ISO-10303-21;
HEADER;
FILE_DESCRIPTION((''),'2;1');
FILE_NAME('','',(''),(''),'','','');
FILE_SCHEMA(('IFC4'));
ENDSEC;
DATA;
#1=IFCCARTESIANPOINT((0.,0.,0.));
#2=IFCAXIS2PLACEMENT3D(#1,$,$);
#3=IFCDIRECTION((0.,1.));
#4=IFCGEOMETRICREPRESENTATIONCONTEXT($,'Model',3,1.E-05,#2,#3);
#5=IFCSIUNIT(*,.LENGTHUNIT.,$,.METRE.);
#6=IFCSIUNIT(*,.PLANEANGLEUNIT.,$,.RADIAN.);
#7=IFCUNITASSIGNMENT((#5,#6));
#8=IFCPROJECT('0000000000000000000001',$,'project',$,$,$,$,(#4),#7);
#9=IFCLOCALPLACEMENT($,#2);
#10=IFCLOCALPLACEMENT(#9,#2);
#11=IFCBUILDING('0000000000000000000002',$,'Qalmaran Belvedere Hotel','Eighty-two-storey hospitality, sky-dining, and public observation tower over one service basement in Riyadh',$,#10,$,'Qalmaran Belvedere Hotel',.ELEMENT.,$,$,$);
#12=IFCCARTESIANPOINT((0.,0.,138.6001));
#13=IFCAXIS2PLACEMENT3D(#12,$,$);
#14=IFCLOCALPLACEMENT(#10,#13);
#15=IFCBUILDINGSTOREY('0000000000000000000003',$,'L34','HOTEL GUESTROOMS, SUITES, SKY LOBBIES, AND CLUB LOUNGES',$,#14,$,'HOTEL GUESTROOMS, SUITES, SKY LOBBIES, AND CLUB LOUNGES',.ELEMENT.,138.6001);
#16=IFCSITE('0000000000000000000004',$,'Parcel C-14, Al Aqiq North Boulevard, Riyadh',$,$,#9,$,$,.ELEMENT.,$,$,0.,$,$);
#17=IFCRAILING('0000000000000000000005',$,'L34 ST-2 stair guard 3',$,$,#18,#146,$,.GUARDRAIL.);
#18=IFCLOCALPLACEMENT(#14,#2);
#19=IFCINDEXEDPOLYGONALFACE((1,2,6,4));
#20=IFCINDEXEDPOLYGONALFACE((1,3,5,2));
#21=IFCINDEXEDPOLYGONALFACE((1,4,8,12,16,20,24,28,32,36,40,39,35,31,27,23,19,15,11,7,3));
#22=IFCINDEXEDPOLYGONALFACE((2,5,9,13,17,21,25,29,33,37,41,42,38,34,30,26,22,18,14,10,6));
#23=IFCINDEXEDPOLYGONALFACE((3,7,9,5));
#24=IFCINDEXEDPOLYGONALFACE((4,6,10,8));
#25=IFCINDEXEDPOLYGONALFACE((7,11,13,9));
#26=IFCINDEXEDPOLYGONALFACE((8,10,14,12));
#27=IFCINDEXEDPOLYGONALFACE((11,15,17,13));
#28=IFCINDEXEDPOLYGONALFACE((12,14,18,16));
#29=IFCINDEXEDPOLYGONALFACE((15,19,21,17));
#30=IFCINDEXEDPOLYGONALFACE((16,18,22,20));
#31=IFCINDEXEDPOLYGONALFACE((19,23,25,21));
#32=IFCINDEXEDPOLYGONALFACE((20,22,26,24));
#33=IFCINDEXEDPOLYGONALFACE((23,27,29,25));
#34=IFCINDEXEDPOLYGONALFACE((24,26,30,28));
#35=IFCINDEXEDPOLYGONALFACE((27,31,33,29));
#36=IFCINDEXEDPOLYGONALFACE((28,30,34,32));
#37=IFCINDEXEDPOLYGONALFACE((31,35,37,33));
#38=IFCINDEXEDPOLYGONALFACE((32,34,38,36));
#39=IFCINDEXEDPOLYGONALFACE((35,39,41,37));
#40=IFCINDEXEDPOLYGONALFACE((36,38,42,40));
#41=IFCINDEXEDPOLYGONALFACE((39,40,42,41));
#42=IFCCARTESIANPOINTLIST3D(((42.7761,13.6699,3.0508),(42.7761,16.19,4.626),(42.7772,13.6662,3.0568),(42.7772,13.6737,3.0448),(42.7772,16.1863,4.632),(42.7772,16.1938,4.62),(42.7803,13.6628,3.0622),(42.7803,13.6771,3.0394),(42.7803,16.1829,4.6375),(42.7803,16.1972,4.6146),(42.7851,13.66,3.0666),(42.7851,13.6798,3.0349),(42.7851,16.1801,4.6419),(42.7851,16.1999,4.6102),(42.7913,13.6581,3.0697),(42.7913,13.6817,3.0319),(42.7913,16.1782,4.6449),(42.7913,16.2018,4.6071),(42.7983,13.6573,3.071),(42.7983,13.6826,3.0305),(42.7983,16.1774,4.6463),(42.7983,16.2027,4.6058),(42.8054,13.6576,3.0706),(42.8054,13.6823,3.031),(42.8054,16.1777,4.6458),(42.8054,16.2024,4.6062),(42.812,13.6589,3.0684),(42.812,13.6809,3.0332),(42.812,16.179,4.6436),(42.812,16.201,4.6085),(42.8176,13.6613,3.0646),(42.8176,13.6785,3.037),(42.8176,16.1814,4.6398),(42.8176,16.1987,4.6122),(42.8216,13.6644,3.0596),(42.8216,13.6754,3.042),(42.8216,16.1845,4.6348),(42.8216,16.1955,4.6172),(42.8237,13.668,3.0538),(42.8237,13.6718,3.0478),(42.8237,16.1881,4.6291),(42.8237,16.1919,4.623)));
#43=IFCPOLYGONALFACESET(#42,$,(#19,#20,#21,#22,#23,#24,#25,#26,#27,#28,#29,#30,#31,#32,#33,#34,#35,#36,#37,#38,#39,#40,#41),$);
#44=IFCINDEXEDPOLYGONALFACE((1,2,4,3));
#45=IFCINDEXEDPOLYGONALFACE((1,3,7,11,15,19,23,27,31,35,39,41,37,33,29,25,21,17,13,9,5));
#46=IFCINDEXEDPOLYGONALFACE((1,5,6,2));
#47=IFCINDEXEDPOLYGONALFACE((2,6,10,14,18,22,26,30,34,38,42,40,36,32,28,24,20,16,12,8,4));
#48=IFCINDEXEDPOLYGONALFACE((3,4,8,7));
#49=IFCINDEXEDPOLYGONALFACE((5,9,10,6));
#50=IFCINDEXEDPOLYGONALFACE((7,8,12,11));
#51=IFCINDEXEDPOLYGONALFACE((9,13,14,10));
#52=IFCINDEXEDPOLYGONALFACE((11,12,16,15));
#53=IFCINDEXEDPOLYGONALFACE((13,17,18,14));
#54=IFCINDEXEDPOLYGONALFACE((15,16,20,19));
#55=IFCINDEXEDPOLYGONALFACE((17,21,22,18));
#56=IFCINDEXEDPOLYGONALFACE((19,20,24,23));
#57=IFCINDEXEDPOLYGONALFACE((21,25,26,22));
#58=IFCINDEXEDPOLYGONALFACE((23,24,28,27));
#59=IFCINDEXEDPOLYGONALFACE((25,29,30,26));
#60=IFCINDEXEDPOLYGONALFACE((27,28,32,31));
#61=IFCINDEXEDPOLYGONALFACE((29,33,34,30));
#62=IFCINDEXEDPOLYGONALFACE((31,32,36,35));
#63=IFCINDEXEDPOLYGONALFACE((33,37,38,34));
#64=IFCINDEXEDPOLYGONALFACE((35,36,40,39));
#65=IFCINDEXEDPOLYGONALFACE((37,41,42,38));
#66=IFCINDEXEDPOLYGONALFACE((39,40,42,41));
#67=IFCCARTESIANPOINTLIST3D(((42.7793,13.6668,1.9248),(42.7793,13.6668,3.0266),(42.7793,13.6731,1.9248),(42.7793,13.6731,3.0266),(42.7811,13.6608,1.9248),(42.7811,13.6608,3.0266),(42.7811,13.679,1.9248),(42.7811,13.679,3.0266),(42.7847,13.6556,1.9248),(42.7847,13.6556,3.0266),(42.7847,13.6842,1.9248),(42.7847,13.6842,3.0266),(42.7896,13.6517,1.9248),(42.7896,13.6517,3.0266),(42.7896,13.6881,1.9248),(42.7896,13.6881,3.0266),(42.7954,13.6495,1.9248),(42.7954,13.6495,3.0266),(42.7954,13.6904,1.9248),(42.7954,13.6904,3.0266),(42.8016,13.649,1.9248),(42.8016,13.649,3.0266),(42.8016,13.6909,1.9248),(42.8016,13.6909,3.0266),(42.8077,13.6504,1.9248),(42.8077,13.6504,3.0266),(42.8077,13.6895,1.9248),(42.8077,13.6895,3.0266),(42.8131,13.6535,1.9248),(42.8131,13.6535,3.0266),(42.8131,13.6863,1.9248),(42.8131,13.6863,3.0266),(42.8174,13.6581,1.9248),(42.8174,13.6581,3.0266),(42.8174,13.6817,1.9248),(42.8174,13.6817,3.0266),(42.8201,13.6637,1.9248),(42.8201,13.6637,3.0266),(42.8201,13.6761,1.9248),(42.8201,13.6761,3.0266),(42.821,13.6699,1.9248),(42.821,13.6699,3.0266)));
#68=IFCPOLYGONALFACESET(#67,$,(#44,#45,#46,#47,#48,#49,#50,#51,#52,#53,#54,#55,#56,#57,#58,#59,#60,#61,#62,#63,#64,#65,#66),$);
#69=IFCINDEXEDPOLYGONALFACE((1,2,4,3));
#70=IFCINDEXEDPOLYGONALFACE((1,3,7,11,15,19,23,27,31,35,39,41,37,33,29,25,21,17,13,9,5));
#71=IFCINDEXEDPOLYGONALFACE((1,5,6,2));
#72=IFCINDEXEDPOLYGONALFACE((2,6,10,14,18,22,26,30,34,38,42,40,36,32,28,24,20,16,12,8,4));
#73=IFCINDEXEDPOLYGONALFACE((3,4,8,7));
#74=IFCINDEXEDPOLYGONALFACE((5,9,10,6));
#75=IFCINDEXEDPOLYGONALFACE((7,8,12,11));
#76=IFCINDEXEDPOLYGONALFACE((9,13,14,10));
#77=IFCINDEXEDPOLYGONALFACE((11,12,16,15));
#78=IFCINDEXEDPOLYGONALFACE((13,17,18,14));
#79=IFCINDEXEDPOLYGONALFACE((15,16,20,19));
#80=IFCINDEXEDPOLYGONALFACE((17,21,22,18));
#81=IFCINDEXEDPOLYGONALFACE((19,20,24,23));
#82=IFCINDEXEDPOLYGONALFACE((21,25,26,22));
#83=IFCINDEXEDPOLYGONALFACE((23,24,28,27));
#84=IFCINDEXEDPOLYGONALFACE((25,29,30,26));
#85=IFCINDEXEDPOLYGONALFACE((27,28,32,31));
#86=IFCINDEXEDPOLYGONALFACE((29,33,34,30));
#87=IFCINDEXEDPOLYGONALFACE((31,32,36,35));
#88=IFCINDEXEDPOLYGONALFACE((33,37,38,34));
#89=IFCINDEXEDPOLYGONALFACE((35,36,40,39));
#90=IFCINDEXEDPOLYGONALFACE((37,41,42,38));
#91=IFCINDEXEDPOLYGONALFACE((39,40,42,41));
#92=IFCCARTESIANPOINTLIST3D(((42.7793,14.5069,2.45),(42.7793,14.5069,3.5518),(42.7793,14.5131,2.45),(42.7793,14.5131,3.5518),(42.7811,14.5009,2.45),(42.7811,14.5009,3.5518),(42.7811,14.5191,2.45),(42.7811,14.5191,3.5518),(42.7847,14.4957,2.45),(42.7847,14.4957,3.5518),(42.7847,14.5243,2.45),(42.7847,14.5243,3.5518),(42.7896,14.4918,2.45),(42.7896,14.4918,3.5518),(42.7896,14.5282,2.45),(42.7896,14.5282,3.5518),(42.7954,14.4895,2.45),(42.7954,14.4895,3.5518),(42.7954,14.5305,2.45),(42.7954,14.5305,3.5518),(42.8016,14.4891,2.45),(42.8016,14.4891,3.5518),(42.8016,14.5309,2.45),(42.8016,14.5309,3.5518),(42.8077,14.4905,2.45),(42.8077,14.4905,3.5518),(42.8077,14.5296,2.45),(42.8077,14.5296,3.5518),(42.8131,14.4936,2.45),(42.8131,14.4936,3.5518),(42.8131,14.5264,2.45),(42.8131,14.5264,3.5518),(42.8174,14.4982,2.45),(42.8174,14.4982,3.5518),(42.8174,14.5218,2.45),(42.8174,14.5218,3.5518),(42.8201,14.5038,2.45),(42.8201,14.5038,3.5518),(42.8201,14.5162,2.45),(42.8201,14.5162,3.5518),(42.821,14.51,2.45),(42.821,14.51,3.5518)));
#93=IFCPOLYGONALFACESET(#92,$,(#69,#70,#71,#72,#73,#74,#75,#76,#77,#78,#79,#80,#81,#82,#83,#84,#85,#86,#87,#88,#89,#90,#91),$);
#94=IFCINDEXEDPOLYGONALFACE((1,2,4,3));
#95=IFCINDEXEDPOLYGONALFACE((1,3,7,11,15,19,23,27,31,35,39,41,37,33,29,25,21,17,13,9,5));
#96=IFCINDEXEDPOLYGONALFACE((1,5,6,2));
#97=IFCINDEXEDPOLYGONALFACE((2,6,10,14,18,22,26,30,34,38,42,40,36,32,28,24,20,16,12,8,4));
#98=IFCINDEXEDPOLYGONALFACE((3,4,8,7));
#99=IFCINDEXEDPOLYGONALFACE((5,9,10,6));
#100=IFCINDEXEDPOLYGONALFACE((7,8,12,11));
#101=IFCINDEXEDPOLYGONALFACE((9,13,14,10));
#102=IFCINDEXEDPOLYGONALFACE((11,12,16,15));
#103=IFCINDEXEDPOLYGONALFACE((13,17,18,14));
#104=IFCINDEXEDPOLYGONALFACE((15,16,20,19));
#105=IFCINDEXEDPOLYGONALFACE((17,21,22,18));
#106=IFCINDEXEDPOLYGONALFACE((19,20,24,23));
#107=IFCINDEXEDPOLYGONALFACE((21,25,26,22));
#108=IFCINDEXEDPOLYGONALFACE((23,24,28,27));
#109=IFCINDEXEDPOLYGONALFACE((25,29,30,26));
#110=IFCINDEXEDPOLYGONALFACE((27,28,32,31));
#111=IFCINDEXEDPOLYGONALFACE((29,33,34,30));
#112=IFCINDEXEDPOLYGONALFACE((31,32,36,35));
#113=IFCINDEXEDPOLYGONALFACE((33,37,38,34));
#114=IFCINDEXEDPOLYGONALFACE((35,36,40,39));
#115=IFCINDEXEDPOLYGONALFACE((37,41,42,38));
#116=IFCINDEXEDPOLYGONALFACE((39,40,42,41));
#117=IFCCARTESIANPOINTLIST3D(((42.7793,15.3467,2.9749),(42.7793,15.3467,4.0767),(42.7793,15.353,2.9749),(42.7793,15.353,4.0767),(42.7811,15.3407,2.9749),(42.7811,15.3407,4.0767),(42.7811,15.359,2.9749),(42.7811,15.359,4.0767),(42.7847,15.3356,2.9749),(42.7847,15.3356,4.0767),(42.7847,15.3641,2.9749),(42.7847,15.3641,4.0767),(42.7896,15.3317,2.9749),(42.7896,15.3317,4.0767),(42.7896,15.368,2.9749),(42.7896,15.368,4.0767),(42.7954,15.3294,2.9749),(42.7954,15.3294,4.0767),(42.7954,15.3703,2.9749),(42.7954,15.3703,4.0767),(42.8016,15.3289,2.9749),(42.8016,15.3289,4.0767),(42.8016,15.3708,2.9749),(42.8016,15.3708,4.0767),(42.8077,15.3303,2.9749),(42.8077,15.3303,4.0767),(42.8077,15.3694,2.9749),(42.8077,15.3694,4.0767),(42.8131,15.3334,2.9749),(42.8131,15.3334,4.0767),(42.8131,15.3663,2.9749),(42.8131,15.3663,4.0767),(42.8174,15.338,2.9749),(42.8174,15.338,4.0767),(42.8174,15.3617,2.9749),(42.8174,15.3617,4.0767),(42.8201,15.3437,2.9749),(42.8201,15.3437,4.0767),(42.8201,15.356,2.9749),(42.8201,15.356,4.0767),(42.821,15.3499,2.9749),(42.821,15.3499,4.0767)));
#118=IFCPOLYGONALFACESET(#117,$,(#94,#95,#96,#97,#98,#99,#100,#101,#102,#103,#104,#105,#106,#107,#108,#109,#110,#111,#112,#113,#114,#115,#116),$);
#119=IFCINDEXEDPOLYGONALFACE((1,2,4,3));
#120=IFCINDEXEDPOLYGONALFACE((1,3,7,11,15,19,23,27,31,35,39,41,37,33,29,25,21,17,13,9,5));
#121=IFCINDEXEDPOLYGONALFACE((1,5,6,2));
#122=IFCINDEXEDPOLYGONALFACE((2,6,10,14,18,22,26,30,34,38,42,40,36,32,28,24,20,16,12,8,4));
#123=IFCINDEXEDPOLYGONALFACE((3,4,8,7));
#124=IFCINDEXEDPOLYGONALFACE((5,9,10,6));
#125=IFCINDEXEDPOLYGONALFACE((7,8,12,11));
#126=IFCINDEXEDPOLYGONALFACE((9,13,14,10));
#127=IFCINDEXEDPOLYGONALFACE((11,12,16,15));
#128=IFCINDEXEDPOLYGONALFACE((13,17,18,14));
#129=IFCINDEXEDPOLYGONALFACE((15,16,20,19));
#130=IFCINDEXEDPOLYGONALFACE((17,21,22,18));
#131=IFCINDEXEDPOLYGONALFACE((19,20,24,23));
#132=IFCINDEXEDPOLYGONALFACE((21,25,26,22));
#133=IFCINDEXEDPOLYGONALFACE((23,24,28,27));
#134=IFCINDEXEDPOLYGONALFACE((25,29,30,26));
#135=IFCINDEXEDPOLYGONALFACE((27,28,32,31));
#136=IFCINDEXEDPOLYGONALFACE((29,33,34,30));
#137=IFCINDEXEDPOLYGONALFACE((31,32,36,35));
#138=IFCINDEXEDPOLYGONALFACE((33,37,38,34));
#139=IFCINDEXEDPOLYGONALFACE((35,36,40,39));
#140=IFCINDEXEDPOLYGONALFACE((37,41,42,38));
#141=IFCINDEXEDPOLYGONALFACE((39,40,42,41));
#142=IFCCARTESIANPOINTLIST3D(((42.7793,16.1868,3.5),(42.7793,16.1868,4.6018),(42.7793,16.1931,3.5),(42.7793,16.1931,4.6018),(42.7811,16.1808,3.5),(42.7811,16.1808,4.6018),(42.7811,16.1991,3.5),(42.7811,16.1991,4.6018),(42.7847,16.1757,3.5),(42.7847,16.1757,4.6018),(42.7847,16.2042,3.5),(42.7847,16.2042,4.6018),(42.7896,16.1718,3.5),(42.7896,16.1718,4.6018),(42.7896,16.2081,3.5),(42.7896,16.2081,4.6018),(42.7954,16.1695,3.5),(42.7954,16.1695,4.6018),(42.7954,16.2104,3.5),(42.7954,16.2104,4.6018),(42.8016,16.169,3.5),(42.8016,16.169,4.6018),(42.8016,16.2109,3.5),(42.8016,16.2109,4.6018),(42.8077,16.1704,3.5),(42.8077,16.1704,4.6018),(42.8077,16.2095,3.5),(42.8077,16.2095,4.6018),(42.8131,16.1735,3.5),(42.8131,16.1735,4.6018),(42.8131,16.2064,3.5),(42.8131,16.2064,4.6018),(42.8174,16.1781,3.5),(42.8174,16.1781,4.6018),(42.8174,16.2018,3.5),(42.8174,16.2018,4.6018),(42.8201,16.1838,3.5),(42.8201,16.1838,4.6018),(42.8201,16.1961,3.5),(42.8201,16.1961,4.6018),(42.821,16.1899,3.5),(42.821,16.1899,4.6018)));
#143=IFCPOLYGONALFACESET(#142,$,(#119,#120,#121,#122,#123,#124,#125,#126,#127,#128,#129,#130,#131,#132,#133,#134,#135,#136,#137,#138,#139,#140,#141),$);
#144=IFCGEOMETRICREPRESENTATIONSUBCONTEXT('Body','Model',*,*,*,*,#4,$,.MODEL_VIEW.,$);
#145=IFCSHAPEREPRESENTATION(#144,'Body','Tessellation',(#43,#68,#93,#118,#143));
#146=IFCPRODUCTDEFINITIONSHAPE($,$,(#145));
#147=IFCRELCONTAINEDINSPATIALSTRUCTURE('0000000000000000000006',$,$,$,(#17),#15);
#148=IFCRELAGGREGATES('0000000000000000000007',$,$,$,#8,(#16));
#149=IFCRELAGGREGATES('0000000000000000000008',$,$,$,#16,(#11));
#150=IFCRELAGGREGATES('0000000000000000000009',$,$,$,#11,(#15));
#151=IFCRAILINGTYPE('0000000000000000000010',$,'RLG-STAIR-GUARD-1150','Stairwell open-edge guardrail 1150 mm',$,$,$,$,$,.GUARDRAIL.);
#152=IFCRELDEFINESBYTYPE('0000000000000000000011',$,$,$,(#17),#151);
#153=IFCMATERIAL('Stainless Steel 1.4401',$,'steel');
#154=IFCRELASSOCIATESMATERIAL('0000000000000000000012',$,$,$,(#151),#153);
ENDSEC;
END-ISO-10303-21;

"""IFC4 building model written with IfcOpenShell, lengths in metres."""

from ifc_helpers import new_model, si_unit, direction, frame, origin, origin_2d, place, context, subcontext, project, spatial, circle, extrude, material, type_object, element, save


model = new_model("IFC4")

# Units and contexts
model_context = context("Model", 3, precision=1e-05, world=origin(), true_north=direction((0.0, 1.0)))
body_context = subcontext(model_context, "Body", "Model", "MODEL_VIEW")
ifc_project = project(units=[si_unit("LENGTHUNIT", "METRE"), si_unit("PLANEANGLEUNIT", "RADIAN")], contexts=[model_context])

# Site, building, storey
site_placement = place(None, origin())
site = spatial("IfcSite", under=ifc_project, at=site_placement, Name="Parcel C-14, Al Aqiq North Boulevard, Riyadh", CompositionType="ELEMENT", RefElevation=0.0)
building_placement = place(site_placement, origin())
building = spatial("IfcBuilding", under=site, at=building_placement, Name="Qalmaran Belvedere Hotel", Description="Eighty-two-storey hospitality, sky-dining, and public observation tower over one service basement in Riyadh", LongName="Qalmaran Belvedere Hotel", CompositionType="ELEMENT")
storey_placement = place(building_placement, frame((0.0, 0.0, 138.6001)))
storey = spatial("IfcBuildingStorey", under=building, at=storey_placement, Name="L34", Description="HOTEL GUESTROOMS, SUITES, SKY LOBBIES, AND CLUB LOUNGES", LongName="HOTEL GUESTROOMS, SUITES, SKY LOBBIES, AND CLUB LOUNGES", CompositionType="ELEMENT", Elevation=138.6001)

# Shared definitions
ifc_material_1 = material(Name="Stainless Steel 1.4401", Category="steel")

# Railing
railing_type_1 = type_object("IfcRailingType", Name="RLG-STAIR-GUARD-1150", Description="Stairwell open-edge guardrail 1150 mm", PredefinedType="GUARDRAIL", material=ifc_material_1)
railing_1_placement = place(storey_placement, frame((42.8, 13.6699, 1.9248)))
element("IfcRailing", 1, at=railing_1_placement, inside=storey, type_object=railing_type_1, Name="L34 ST-2 stair guard 3", PredefinedType="GUARDRAIL", context=body_context, shape_type="SweptSolid", body=[
    extrude(circle(Radius=0.0239, at=origin_2d()), frame((0.0, 0.0, 1.126), z_axis=(0.0, 0.847971, 0.530043), x_axis=(-1.0, 0.0, 0.0)), (0.0, 0.0, 1.0), 2.9719),
    extrude(circle(Radius=0.021, at=origin_2d()), origin(), (0.0, 0.0, 1.0), 1.1018),
    extrude(circle(Radius=0.021, at=origin_2d()), frame((0.0, 0.8401, 0.5251)), (0.0, 0.0, 1.0), 1.1018),
    extrude(circle(Radius=0.021, at=origin_2d()), frame((0.0, 1.6799, 1.05)), (0.0, 0.0, 1.0), 1.1018),
    extrude(circle(Radius=0.021, at=origin_2d()), frame((0.0, 2.52, 1.5752)), (0.0, 0.0, 1.0), 1.1018),
])

save(model, "model.ifc")
